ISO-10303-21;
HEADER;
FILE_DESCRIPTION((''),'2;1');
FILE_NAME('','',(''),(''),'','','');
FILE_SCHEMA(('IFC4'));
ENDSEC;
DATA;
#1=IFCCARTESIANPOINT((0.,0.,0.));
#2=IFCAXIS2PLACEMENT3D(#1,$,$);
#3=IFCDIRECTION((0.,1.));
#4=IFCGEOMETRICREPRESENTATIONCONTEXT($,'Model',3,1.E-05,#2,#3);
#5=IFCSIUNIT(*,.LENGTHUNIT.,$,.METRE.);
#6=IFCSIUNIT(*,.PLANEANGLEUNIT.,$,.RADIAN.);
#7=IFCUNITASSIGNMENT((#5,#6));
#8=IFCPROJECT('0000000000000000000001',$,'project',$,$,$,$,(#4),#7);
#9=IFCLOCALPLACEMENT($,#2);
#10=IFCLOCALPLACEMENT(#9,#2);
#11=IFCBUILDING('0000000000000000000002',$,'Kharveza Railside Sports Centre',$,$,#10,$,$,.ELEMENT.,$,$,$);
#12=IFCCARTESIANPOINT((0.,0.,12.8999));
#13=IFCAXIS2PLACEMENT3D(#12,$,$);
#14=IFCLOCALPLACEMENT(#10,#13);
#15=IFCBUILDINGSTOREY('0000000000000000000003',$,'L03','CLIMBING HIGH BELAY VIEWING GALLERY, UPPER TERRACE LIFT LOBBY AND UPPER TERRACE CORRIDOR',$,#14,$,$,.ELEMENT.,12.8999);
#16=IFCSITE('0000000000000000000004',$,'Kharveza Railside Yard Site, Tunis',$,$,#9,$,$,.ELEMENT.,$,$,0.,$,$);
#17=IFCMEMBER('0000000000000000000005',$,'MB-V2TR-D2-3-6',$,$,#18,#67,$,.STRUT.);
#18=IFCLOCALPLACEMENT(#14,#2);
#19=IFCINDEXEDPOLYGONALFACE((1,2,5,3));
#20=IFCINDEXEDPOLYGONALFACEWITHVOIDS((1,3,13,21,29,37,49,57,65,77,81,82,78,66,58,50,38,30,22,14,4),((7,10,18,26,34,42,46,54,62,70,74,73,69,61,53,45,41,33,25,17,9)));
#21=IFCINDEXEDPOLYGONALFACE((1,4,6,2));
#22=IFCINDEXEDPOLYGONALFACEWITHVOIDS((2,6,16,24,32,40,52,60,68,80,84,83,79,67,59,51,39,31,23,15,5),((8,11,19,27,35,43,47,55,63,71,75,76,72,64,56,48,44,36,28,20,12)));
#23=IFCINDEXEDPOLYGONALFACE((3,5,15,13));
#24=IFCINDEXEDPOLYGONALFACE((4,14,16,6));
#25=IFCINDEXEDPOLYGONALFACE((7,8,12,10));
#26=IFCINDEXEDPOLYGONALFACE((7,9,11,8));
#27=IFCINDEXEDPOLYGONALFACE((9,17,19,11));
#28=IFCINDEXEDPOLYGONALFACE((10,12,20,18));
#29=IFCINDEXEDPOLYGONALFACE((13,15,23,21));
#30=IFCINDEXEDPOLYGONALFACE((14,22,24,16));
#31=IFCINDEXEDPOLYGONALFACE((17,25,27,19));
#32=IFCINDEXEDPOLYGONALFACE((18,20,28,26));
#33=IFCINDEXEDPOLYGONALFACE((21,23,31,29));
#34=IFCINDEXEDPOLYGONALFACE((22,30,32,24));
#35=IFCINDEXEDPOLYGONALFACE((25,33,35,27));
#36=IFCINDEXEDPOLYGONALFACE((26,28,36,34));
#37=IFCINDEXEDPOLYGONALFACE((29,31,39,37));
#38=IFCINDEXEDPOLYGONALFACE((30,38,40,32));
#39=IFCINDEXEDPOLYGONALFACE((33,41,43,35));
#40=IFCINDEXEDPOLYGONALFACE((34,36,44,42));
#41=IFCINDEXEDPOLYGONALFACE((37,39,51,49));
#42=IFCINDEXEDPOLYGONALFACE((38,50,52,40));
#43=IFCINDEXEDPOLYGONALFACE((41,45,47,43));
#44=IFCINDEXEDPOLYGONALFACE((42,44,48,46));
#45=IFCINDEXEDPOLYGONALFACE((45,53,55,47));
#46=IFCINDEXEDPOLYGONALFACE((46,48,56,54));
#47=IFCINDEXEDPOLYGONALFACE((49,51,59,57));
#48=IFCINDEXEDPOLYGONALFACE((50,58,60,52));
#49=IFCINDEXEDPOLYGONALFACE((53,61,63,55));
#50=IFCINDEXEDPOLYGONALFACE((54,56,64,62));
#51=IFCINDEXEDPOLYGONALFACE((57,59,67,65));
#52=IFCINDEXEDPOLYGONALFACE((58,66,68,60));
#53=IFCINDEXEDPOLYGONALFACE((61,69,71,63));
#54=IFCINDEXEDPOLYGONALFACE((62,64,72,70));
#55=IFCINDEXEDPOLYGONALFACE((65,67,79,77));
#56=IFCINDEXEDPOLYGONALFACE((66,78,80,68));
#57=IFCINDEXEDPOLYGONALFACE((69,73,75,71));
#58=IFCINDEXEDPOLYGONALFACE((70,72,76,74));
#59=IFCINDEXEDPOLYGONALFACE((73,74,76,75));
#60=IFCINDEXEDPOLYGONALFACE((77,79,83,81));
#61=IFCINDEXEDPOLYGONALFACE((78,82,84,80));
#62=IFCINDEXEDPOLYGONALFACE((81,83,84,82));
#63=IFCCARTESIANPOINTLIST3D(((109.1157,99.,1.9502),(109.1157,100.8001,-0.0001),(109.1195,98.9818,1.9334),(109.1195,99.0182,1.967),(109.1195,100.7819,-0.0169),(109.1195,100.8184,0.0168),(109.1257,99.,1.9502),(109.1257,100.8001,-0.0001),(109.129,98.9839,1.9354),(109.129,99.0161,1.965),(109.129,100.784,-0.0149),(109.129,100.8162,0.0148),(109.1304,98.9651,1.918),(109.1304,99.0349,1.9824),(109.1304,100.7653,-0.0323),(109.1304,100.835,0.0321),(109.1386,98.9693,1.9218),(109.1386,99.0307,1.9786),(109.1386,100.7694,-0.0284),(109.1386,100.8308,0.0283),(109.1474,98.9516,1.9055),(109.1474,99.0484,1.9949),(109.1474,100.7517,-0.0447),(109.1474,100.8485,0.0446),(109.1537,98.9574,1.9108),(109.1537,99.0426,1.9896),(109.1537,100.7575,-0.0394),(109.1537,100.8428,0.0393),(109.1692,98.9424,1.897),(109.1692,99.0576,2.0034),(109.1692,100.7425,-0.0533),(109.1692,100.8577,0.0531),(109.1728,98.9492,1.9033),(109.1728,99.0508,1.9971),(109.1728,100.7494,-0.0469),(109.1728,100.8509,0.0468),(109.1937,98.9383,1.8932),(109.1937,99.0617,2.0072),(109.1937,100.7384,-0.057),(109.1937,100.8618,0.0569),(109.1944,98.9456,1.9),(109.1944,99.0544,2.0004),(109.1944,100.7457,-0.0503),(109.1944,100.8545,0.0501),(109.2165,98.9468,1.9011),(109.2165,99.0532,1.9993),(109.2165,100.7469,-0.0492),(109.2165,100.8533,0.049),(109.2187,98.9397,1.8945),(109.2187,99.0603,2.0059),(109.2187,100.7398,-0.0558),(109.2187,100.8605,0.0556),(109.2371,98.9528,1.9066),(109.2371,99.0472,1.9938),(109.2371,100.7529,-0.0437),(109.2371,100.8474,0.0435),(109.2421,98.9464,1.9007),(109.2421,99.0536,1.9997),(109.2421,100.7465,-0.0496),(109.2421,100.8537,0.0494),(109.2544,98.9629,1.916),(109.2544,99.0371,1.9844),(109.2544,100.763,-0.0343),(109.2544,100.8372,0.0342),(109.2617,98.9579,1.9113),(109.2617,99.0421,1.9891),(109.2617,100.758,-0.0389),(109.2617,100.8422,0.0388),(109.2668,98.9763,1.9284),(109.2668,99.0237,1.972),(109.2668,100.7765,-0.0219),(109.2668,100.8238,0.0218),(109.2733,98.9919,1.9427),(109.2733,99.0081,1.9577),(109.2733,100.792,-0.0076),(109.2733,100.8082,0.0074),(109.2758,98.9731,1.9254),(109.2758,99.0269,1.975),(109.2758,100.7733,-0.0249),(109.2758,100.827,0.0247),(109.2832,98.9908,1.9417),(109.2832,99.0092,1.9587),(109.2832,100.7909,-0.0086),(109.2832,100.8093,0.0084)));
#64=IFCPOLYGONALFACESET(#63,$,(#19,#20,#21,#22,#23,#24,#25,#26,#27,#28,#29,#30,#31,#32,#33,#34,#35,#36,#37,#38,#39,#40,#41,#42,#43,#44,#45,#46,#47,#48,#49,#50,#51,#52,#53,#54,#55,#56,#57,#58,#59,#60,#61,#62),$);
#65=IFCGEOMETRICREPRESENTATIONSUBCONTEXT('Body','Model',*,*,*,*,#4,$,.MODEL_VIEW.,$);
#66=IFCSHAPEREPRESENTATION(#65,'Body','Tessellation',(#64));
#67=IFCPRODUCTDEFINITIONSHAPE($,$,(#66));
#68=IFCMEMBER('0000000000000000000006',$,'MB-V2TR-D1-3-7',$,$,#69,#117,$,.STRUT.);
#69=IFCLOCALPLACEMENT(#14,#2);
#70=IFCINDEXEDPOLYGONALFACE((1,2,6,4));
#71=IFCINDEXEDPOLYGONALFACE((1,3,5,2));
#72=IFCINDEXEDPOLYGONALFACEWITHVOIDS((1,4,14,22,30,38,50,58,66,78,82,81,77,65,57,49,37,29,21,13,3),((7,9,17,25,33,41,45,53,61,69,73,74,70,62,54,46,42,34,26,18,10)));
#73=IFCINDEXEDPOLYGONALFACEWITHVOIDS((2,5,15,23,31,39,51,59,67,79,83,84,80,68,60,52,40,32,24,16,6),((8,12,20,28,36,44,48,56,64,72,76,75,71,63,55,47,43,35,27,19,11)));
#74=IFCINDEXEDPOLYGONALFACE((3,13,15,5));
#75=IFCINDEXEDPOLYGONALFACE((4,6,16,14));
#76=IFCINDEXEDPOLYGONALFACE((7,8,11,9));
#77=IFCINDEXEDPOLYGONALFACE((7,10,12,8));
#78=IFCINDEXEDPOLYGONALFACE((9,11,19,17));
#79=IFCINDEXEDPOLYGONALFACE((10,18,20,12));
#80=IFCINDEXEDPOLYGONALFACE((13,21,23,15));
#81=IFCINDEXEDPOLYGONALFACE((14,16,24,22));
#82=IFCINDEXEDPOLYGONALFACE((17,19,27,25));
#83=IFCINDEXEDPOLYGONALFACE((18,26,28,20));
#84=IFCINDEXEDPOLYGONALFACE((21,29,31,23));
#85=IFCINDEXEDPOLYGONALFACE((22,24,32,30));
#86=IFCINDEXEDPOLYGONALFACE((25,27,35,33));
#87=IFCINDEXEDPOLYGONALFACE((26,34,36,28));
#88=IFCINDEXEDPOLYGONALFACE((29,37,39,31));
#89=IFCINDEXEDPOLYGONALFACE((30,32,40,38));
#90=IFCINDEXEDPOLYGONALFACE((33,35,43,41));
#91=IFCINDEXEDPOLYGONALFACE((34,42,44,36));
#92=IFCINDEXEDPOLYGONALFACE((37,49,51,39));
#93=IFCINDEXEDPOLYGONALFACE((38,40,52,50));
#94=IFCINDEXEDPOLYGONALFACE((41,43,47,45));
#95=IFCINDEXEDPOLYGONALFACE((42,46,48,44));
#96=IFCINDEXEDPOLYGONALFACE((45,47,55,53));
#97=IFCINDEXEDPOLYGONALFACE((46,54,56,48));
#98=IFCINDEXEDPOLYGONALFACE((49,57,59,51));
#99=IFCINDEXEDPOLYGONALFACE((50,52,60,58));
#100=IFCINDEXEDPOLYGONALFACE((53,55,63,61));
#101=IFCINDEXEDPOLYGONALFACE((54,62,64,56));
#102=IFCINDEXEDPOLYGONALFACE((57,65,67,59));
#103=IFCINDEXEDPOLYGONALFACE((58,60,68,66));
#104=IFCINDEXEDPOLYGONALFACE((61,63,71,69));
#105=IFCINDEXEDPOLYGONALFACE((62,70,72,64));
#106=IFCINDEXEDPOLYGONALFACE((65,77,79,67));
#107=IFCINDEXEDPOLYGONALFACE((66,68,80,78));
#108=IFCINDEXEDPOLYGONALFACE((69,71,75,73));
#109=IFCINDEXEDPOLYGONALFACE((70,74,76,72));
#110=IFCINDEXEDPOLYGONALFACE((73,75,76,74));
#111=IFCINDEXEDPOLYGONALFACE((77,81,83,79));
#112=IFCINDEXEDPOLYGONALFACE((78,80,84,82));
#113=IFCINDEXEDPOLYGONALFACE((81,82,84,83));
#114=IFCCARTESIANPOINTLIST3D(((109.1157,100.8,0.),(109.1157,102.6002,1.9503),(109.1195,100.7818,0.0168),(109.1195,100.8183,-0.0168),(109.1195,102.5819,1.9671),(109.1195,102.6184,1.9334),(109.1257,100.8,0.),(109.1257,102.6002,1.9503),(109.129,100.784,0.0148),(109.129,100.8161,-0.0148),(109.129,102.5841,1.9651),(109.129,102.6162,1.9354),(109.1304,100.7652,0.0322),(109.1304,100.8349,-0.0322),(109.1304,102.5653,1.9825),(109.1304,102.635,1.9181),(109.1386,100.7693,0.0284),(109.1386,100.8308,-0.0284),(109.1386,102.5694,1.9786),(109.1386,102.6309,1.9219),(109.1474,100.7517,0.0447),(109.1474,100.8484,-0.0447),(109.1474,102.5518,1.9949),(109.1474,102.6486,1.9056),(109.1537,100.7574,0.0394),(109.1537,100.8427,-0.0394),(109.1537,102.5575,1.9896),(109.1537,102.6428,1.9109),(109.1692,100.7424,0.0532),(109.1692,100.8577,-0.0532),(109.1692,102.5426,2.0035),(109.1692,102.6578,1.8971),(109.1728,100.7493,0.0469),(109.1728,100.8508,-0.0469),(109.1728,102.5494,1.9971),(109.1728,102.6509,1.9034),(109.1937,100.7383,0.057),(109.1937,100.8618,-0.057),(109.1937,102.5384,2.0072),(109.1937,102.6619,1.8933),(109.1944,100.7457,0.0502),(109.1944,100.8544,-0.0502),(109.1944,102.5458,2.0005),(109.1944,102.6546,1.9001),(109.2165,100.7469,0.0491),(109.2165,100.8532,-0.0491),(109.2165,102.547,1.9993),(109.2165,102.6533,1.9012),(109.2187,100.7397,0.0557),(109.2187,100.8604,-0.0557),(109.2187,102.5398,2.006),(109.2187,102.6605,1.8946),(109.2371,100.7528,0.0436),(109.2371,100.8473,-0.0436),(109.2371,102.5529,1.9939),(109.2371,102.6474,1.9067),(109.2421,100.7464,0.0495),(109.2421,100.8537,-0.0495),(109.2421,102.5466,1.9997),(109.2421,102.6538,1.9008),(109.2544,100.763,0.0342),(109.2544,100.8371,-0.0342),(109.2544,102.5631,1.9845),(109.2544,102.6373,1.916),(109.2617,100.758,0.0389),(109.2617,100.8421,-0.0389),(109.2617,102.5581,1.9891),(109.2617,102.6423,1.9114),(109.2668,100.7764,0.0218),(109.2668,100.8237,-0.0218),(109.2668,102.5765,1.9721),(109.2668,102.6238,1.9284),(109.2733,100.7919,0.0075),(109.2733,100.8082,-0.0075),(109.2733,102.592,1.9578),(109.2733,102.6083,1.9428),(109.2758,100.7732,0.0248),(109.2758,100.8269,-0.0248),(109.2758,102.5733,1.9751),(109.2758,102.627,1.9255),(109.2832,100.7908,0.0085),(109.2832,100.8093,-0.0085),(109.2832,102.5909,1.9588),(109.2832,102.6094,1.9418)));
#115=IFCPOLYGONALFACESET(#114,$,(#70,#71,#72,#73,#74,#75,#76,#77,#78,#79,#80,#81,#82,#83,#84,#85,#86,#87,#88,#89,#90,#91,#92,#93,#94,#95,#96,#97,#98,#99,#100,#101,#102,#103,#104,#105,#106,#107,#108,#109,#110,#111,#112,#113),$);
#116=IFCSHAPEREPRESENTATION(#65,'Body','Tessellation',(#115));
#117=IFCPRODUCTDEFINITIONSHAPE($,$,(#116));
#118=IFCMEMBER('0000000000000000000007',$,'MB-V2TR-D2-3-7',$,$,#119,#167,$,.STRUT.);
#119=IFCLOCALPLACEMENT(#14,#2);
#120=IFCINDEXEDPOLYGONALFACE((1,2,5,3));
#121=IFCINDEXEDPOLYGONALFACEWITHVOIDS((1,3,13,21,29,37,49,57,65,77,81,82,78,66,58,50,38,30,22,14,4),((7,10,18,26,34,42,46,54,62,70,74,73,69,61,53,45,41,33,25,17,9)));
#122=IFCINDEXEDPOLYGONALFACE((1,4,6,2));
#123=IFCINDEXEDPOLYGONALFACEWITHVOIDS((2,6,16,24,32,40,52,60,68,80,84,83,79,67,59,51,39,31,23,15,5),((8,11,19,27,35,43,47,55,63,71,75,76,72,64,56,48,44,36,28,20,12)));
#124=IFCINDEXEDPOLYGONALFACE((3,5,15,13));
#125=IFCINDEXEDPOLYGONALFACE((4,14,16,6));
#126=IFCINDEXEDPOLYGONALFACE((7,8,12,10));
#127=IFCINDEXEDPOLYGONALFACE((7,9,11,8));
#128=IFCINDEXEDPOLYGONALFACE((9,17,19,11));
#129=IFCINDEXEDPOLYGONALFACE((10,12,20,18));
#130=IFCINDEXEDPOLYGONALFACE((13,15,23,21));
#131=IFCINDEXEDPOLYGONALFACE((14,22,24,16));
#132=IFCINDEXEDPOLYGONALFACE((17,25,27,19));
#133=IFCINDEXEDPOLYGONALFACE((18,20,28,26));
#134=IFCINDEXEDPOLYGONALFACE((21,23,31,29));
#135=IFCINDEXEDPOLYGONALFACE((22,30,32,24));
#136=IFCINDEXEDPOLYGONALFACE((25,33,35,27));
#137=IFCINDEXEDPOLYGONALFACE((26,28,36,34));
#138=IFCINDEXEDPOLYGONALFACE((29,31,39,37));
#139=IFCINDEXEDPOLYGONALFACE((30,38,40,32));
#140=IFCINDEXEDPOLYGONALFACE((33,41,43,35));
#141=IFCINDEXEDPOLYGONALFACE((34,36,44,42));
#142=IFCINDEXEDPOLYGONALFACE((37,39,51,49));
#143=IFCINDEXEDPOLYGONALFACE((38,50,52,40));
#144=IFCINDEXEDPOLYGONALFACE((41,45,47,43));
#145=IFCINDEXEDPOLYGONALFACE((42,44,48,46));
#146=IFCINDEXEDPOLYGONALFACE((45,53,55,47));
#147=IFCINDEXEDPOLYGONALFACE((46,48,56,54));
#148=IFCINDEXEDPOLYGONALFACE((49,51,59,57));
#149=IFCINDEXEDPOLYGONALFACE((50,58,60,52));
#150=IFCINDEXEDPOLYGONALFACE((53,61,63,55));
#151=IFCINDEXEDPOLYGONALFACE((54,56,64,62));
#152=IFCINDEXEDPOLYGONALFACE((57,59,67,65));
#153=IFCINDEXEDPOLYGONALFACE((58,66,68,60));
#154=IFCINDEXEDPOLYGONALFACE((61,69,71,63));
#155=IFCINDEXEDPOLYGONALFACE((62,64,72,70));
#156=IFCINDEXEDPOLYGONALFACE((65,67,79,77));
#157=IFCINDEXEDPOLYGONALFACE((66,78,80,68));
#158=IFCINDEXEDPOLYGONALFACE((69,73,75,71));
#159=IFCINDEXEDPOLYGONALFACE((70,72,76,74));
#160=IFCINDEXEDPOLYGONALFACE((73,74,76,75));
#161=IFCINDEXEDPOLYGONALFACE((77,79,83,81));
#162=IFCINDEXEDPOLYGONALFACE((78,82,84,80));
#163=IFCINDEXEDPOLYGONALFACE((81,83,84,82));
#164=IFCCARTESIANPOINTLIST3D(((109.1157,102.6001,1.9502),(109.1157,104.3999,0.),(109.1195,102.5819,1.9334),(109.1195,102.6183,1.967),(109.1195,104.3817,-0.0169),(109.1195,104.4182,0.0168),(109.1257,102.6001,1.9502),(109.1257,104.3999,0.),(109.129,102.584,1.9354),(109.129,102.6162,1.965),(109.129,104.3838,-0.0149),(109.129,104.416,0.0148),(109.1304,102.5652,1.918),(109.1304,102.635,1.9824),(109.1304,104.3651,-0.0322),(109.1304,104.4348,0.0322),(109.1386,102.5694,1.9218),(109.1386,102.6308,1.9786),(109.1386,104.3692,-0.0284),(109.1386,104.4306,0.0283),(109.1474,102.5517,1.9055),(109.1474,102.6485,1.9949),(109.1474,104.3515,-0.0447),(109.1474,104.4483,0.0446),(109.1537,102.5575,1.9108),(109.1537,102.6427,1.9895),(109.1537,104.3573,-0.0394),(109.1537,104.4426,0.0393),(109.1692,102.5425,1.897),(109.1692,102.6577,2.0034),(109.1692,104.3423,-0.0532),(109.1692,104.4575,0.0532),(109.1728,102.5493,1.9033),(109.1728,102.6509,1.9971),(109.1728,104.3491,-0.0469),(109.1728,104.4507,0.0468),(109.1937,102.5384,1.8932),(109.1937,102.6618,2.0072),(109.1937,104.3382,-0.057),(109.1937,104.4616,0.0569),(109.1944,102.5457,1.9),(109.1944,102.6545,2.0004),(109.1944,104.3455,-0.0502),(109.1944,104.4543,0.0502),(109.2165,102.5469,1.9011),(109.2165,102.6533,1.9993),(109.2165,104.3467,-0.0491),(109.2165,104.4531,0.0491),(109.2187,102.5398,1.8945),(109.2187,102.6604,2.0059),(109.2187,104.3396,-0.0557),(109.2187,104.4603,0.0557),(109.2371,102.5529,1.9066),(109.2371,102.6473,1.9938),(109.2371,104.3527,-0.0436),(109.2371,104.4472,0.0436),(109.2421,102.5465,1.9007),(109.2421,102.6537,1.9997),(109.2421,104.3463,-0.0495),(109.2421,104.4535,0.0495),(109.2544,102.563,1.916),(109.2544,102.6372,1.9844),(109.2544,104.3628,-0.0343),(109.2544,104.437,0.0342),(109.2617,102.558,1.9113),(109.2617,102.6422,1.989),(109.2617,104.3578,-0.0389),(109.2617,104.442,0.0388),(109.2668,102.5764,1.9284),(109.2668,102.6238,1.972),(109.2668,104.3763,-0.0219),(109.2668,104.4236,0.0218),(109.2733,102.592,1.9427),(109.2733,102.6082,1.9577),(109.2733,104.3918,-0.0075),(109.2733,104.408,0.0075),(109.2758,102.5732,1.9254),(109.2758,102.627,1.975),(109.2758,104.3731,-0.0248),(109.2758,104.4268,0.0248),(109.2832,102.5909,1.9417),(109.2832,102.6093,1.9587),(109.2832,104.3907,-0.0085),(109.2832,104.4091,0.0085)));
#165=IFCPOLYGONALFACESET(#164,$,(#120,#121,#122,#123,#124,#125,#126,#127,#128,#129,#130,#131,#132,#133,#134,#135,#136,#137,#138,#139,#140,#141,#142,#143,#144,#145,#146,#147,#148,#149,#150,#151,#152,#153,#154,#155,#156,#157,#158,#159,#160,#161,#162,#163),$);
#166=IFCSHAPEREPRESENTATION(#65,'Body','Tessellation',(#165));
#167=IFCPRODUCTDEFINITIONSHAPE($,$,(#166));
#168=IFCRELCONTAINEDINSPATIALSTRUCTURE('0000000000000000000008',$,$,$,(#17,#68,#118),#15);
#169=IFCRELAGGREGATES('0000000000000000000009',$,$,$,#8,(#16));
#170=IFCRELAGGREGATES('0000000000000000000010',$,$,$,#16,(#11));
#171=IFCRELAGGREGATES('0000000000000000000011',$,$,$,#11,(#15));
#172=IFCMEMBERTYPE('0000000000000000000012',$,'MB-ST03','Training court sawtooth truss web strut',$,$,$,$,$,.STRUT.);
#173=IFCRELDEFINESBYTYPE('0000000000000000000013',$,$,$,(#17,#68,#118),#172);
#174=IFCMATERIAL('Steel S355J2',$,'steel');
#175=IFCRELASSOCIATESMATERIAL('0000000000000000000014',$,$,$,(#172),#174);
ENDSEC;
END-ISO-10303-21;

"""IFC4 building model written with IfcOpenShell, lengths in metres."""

from ifc_helpers import new_model, si_unit, direction, frame, origin, origin_2d, place, context, subcontext, project, spatial, hollow_circle, extrude, material, material_profile, profile_set, type_object, element, save


model = new_model("IFC4")

# Units and contexts
model_context = context("Model", 3, precision=1e-05, world=origin(), true_north=direction((0.0, 1.0)))
body_context = subcontext(model_context, "Body", "Model", "MODEL_VIEW")
ifc_project = project(units=[si_unit("LENGTHUNIT", "METRE"), si_unit("PLANEANGLEUNIT", "RADIAN")], contexts=[model_context])

# Site, building, storey
site_placement = place(None, origin())
site = spatial("IfcSite", under=ifc_project, at=site_placement, Name="Kharveza Railside Yard Site, Tunis", CompositionType="ELEMENT", RefElevation=0.0)
building_placement = place(site_placement, origin())
building = spatial("IfcBuilding", under=site, at=building_placement, Name="Kharveza Railside Sports Centre", CompositionType="ELEMENT")
storey_placement = place(building_placement, frame((0.0, 0.0, 12.8999)))
storey = spatial("IfcBuildingStorey", under=building, at=storey_placement, Name="L03", Description="CLIMBING HIGH BELAY VIEWING GALLERY, UPPER TERRACE LIFT LOBBY AND UPPER TERRACE CORRIDOR", CompositionType="ELEMENT", Elevation=12.8999)

# Shared definitions
ifc_material_1 = material(Name="Steel S355J2", Category="steel")

# Members
ifc_material_profile_1 = material_profile(ifc_material_1, hollow_circle(Radius=0.0842, WallThickness=0.01, at=origin_2d()), Name="CHS 168.3x10.0")
ifc_profile_set_1 = profile_set([ifc_material_profile_1], Name="Steel S355J2")
member_type_1 = type_object("IfcMemberType", Name="MB-ST03", Description="Training court sawtooth truss web strut", PredefinedType="STRUT", material=ifc_profile_set_1)
for number, where, z_axis, x_axis, name in (
    (1, (109.2, 99.0, 1.9502), (0.0, 0.678253, -0.734828), (-1.0, 0.0, 0.0), "MB-V2TR-D2-3-6"),
    (2, (109.2, 100.8, 0.0), (0.0, 0.678253, 0.734828), (-1.0, 0.0, 0.0), "MB-V2TR-D1-3-7"),
):
    element("IfcMember", number, at=place(storey_placement, frame(where, z_axis=z_axis, x_axis=x_axis)), inside=storey, type_object=member_type_1, Name=name, PredefinedType="STRUT", context=body_context, shape_type="SweptSolid", body=[
        extrude(hollow_circle(Radius=0.0842, WallThickness=0.01, at=origin_2d()), origin(), (0.0, 0.0, 1.0), 2.6541),
    ])
member_1_placement = place(storey_placement, frame((109.2, 102.6001, 1.9502), z_axis=(0.0, 0.678204, -0.734874), x_axis=(-1.0, 0.0, 0.0)))
element("IfcMember", 3, at=member_1_placement, inside=storey, type_object=member_type_1, Name="MB-V2TR-D2-3-7", PredefinedType="STRUT", context=body_context, shape_type="SweptSolid", body=[
    extrude(hollow_circle(Radius=0.0842, WallThickness=0.01, at=origin_2d()), origin(), (0.0, 0.0, 1.0), 2.6538),
])

save(model, "model.ifc")
